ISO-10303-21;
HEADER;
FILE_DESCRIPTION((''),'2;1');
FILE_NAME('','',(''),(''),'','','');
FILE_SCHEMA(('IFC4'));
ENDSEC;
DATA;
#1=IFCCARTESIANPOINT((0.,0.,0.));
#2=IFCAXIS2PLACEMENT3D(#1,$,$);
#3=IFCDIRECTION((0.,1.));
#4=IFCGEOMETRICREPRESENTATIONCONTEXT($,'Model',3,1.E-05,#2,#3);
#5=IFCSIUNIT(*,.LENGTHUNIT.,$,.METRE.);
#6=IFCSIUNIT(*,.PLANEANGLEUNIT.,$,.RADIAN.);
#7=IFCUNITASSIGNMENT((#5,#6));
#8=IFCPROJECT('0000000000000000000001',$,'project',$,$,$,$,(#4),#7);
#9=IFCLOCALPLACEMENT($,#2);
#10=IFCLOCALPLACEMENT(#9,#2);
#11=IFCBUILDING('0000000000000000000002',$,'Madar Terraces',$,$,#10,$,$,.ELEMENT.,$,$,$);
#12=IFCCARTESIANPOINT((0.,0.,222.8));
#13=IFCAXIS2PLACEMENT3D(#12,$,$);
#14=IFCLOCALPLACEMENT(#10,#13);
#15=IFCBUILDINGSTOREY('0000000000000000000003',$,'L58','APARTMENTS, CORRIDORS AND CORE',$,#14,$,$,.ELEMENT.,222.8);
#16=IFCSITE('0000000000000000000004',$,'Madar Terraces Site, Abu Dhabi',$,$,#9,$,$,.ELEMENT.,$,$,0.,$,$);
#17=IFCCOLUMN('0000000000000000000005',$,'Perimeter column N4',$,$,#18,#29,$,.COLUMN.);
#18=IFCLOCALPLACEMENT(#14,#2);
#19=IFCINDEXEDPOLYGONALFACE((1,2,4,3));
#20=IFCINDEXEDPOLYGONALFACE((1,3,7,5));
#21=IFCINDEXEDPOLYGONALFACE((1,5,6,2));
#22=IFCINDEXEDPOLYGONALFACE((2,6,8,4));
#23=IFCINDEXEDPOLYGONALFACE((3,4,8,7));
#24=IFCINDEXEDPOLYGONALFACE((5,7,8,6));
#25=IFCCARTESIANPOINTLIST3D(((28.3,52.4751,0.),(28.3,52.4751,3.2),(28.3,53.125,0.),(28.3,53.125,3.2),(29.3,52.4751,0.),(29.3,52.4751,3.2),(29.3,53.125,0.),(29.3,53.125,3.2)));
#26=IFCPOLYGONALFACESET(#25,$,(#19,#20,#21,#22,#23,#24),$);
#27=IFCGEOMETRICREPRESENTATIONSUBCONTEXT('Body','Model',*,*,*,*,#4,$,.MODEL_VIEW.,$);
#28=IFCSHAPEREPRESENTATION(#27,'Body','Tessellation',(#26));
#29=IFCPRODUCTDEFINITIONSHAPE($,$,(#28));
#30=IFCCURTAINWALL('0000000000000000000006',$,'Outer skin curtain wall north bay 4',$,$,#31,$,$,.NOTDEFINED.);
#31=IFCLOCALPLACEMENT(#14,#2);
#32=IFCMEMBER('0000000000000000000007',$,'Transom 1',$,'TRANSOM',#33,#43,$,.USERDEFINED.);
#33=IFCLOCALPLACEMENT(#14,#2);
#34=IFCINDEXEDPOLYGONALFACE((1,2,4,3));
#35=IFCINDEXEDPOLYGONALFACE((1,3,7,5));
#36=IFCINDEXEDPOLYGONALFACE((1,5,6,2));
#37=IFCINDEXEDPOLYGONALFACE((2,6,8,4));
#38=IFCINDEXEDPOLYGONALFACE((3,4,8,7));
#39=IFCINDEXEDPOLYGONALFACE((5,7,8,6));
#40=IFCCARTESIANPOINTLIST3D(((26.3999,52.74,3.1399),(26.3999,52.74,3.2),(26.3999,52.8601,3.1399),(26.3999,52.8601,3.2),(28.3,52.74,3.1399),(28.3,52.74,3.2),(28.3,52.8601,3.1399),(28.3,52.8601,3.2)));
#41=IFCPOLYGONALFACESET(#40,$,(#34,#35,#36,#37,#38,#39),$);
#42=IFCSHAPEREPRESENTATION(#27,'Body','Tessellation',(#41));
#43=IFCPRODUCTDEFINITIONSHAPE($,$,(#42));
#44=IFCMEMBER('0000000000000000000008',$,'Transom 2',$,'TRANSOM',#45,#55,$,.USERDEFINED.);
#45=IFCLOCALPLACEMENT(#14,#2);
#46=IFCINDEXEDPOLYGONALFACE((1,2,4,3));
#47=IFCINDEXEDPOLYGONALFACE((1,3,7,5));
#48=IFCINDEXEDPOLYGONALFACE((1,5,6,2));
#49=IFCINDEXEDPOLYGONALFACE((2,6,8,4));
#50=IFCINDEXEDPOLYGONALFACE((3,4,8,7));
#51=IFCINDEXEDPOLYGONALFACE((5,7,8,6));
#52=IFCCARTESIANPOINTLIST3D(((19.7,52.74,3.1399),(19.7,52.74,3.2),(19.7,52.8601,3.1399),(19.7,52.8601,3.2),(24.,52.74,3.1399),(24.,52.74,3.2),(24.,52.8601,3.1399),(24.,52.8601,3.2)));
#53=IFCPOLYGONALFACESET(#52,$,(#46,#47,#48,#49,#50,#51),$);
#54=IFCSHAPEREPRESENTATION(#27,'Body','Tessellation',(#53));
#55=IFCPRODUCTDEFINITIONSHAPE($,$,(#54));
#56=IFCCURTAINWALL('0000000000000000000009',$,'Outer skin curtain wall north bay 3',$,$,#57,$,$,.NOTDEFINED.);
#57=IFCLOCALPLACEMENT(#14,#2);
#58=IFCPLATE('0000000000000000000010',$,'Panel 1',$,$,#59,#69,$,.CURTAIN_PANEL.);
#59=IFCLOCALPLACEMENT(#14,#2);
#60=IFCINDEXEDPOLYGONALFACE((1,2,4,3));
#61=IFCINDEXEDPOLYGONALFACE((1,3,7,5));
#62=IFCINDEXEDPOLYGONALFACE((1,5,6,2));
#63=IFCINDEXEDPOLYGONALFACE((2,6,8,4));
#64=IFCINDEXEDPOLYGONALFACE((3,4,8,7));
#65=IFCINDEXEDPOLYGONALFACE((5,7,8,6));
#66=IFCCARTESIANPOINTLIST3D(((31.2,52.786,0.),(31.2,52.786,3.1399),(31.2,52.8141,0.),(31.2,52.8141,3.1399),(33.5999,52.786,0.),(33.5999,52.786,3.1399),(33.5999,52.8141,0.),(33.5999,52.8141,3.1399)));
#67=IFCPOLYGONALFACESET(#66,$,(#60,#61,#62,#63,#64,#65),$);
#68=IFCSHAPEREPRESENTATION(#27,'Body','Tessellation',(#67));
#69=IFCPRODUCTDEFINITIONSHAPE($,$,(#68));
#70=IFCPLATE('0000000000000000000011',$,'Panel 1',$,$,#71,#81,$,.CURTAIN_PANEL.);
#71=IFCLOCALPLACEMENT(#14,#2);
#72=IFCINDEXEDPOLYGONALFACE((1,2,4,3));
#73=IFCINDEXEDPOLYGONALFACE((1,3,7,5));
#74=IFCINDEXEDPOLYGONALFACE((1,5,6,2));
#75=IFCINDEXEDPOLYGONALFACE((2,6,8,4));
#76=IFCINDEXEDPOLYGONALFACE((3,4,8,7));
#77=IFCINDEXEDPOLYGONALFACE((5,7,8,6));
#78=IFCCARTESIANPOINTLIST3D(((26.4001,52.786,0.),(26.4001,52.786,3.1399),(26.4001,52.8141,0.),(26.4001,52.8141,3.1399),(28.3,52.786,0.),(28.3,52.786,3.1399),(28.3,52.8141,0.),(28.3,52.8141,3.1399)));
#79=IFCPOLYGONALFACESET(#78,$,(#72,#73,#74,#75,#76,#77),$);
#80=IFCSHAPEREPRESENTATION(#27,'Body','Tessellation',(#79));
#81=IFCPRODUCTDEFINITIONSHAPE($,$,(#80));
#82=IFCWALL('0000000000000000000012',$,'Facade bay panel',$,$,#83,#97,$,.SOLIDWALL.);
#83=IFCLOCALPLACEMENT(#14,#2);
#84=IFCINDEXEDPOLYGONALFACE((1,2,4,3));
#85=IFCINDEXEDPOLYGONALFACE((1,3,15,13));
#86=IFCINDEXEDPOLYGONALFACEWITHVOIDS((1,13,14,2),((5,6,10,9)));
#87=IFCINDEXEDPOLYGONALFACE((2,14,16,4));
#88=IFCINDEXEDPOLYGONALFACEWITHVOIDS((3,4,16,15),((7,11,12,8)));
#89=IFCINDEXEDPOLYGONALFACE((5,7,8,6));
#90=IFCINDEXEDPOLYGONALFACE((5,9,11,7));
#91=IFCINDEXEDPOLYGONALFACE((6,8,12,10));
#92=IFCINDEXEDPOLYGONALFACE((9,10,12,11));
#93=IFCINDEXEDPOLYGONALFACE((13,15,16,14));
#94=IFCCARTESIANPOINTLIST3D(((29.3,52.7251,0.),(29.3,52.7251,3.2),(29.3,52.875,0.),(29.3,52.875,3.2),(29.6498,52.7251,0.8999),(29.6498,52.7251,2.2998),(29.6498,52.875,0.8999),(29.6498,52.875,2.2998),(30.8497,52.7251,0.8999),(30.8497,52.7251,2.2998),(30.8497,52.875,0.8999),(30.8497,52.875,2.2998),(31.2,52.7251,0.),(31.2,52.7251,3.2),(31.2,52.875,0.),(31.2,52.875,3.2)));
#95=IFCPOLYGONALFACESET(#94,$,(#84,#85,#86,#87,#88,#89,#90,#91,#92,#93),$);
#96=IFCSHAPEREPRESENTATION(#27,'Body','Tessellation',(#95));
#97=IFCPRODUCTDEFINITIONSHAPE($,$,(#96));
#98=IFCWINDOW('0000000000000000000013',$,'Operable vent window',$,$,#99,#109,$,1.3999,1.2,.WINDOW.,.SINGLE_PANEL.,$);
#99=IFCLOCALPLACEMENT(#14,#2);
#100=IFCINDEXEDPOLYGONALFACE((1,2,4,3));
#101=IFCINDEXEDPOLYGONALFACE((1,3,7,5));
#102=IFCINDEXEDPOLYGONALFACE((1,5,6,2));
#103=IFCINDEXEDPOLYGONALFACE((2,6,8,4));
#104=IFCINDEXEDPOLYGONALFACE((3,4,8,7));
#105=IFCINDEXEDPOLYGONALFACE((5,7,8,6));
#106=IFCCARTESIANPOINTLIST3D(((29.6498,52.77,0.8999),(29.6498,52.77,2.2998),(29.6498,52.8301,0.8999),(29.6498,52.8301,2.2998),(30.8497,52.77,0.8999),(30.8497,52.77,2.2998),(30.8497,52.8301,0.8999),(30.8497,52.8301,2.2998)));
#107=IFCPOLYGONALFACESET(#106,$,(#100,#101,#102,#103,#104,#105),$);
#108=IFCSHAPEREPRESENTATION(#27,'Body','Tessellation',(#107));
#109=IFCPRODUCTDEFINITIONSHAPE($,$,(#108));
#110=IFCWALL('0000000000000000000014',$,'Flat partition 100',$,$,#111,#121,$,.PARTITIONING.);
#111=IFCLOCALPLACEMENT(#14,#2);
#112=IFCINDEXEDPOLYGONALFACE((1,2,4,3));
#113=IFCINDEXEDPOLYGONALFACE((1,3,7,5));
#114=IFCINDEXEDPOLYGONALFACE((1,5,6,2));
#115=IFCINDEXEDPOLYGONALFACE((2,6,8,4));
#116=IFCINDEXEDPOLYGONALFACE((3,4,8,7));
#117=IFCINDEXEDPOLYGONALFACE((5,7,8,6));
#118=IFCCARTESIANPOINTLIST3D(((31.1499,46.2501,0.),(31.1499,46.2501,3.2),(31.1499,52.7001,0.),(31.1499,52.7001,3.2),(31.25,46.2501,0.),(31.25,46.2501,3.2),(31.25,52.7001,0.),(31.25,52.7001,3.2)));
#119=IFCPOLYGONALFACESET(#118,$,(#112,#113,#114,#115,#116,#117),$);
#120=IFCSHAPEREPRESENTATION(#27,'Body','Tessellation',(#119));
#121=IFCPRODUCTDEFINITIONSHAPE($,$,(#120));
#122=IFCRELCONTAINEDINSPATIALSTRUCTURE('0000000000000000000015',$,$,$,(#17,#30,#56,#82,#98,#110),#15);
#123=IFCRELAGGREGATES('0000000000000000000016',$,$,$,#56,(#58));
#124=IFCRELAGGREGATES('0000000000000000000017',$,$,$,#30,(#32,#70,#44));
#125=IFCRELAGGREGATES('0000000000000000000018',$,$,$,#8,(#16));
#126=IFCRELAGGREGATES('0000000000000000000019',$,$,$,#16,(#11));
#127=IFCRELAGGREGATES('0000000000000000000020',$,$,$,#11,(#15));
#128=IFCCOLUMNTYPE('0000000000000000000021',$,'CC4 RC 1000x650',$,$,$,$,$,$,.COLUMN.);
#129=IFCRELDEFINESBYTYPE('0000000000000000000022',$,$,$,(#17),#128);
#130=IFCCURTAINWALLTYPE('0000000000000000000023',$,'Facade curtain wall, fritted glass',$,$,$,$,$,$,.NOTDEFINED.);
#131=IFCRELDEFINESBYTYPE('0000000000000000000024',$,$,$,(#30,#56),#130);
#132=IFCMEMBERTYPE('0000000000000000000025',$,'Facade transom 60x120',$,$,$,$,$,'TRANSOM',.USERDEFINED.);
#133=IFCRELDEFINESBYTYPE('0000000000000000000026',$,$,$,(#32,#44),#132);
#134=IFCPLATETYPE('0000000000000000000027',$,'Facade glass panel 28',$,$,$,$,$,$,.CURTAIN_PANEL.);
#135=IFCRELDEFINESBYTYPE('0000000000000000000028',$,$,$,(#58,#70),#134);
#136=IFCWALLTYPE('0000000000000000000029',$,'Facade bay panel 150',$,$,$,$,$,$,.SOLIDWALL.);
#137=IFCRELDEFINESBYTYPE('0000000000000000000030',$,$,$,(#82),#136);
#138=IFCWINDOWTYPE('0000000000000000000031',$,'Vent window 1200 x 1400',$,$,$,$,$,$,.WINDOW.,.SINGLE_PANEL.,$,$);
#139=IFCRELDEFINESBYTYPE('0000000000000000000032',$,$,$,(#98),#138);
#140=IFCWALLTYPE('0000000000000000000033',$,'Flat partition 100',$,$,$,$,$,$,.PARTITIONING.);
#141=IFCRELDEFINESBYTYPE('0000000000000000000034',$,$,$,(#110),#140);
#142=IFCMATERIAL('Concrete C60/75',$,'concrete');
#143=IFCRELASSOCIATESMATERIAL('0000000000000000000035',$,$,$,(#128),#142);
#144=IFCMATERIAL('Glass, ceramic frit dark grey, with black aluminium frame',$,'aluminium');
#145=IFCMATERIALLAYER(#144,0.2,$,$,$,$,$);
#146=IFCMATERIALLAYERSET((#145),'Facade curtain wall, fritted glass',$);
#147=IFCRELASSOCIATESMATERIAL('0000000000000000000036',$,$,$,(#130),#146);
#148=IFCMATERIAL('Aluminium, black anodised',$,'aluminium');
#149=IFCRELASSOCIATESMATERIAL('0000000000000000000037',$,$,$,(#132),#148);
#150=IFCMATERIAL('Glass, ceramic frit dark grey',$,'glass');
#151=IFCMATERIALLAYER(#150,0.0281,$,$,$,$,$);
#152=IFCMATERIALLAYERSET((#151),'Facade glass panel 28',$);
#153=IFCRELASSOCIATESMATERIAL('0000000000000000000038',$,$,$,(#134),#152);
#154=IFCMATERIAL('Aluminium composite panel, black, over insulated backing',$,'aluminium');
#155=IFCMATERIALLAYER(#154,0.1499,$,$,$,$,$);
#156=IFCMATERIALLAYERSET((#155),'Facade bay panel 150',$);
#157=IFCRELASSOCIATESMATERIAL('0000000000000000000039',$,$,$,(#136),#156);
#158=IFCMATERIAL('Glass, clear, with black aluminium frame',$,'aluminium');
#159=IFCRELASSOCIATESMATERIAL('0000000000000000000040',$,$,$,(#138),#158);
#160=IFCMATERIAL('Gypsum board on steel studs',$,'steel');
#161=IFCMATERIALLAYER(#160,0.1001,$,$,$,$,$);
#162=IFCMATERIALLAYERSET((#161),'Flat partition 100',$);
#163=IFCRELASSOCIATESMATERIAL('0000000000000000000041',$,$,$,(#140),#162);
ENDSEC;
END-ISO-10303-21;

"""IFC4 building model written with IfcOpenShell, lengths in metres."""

from ifc_helpers import new_model, si_unit, direction, frame, frame_2d, origin, origin_2d, place, context, subcontext, project, spatial, rectangle, extrude, material, layer, layer_set, material_profile, profile_set, type_object, element, fill, aggregate, save


model = new_model("IFC4")

# Units and contexts
model_context = context("Model", 3, precision=1e-05, world=origin(), true_north=direction((0.0, 1.0)))
body_context = subcontext(model_context, "Body", "Model", "MODEL_VIEW")
ifc_project = project(units=[si_unit("LENGTHUNIT", "METRE"), si_unit("PLANEANGLEUNIT", "RADIAN")], contexts=[model_context])

# Site, building, storey
site_placement = place(None, origin())
site = spatial("IfcSite", under=ifc_project, at=site_placement, Name="Madar Terraces Site, Abu Dhabi", CompositionType="ELEMENT", RefElevation=0.0)
building_placement = place(site_placement, origin())
building = spatial("IfcBuilding", under=site, at=building_placement, Name="Madar Terraces", CompositionType="ELEMENT")
storey_placement = place(building_placement, frame((0.0, 0.0, 222.8)))
storey = spatial("IfcBuildingStorey", under=building, at=storey_placement, Name="L58", Description="APARTMENTS, CORRIDORS AND CORE", CompositionType="ELEMENT", Elevation=222.8)

# Column
ifc_material_1 = material(Name="Concrete C60/75", Category="concrete")
ifc_material_profile_1 = material_profile(ifc_material_1, rectangle(XDim=1.0, YDim=0.6499, at=origin_2d()), Name="CC4 RC 1000x650")
ifc_profile_set_1 = profile_set([ifc_material_profile_1], Name="Concrete C60/75")
column_type = type_object("IfcColumnType", Name="CC4 RC 1000x650", PredefinedType="COLUMN", material=ifc_profile_set_1)
column_placement = place(storey_placement, frame((28.8, 52.8, 0.0), z_axis=(0.0, 0.0, 1.0), x_axis=(1.0, 0.0, 0.0)))
element("IfcColumn", 1, at=column_placement, inside=storey, type_object=column_type, Name="Perimeter column N4", PredefinedType="COLUMN", context=body_context, shape_type="SweptSolid", body=[
    extrude(rectangle(XDim=1.0, YDim=0.6499, at=origin_2d()), origin(), (0.0, 0.0, 1.0), 3.2),
])

# Curtain wall, members
ifc_material_2 = material(Name="Glass, ceramic frit dark grey, with black aluminium frame", Category="aluminium")
ifc_layer_1 = layer(ifc_material_2, 0.2)
ifc_layer_set_1 = layer_set([ifc_layer_1], Name="Facade curtain wall, fritted glass")
curtain_wall_type = type_object("IfcCurtainWallType", Name="Facade curtain wall, fritted glass", PredefinedType="NOTDEFINED", material=ifc_layer_set_1)
curtain_wall_1_placement = place(storey_placement, origin())
curtain_wall_1 = element("IfcCurtainWall", 2, at=curtain_wall_1_placement, inside=storey, type_object=curtain_wall_type, Name="Outer skin curtain wall north bay 4", PredefinedType="NOTDEFINED")
ifc_material_3 = material(Name="Aluminium, black anodised", Category="aluminium")
ifc_material_profile_2 = material_profile(ifc_material_3, rectangle(XDim=0.1201, YDim=0.0601, at=origin_2d()), Name="Facade transom 60x120")
ifc_profile_set_2 = profile_set([ifc_material_profile_2], Name="Aluminium, black anodised")
member_type = type_object("IfcMemberType", Name="Facade transom 60x120", ElementType="TRANSOM", PredefinedType="USERDEFINED", material=ifc_profile_set_2)
member_1_placement = place(storey_placement, frame((28.3, 52.8, 3.1699), z_axis=(-1.0, 0.0, 0.0), x_axis=(0.0, -1.0, 0.0)))
member_1 = element("IfcMember", 3, at=member_1_placement, type_object=member_type, Name="Transom 1", ObjectType="TRANSOM", PredefinedType="USERDEFINED", context=body_context, shape_type="SweptSolid", body=[
    extrude(rectangle(XDim=0.1201, YDim=0.0601, at=origin_2d()), origin(), (0.0, 0.0, 1.0), 1.9001),
])
member_2_placement = place(storey_placement, frame((24.0, 52.8, 3.1699), z_axis=(-1.0, 0.0, 0.0), x_axis=(0.0, -1.0, 0.0)))
member_2 = element("IfcMember", 4, at=member_2_placement, type_object=member_type, Name="Transom 2", ObjectType="TRANSOM", PredefinedType="USERDEFINED", context=body_context, shape_type="SweptSolid", body=[
    extrude(rectangle(XDim=0.1201, YDim=0.0601, at=origin_2d()), origin(), (0.0, 0.0, 1.0), 4.3),
])

# Curtain wall, plate
curtain_wall_2_placement = place(storey_placement, origin())
curtain_wall_2 = element("IfcCurtainWall", 5, at=curtain_wall_2_placement, inside=storey, type_object=curtain_wall_type, Name="Outer skin curtain wall north bay 3", PredefinedType="NOTDEFINED")
ifc_material_4 = material(Name="Glass, ceramic frit dark grey", Category="glass")
ifc_layer_2 = layer(ifc_material_4, 0.0281)
ifc_layer_set_2 = layer_set([ifc_layer_2], Name="Facade glass panel 28")
plate_type = type_object("IfcPlateType", Name="Facade glass panel 28", PredefinedType="CURTAIN_PANEL", material=ifc_layer_set_2)
plate_1_placement = place(storey_placement, frame((32.3999, 52.8, 0.0), z_axis=(0.0, 0.0, 1.0), x_axis=(-1.0, 0.0, 0.0)))
plate_1 = element("IfcPlate", 6, at=plate_1_placement, type_object=plate_type, Name="Panel 1", PredefinedType="CURTAIN_PANEL", context=body_context, shape_type="SweptSolid", body=[
    extrude(rectangle(XDim=2.3999, YDim=0.0281, at=origin_2d()), origin(), (0.0, 0.0, 1.0), 3.1399),
])
aggregate(curtain_wall_2, [plate_1])

# Plate
plate_2_placement = place(storey_placement, frame((27.3501, 52.8, 0.0), z_axis=(0.0, 0.0, 1.0), x_axis=(-1.0, 0.0, 0.0)))
plate_2 = element("IfcPlate", 7, at=plate_2_placement, type_object=plate_type, Name="Panel 1", PredefinedType="CURTAIN_PANEL", context=body_context, shape_type="SweptSolid", body=[
    extrude(rectangle(XDim=1.8999, YDim=0.0281, at=origin_2d()), origin(), (0.0, 0.0, 1.0), 3.1399),
])
aggregate(curtain_wall_1, [member_1, plate_2, member_2])

# Wall, opening, window
ifc_material_5 = material(Name="Aluminium composite panel, black, over insulated backing", Category="aluminium")
ifc_layer_3 = layer(ifc_material_5, 0.1499)
ifc_layer_set_3 = layer_set([ifc_layer_3], Name="Facade bay panel 150")
wall_type_1 = type_object("IfcWallType", Name="Facade bay panel 150", PredefinedType="SOLIDWALL", material=ifc_layer_set_3)
wall_1_placement = place(storey_placement, frame((31.2, 52.8, 0.0), z_axis=(0.0, 0.0, 1.0), x_axis=(-1.0, 0.0, 0.0)))
wall_1 = element("IfcWall", 8, at=wall_1_placement, inside=storey, type_object=wall_type_1, Name="Facade bay panel", PredefinedType="SOLIDWALL", context=body_context, shape_type="SweptSolid", body=[
    extrude(rectangle(XDim=1.8999, YDim=0.1499, at=frame_2d((0.95, 0.0))), origin(), (0.0, 0.0, 1.0), 3.2),
])
opening_1_placement = place(wall_1_placement, frame((0.3501, 0.0, 0.8999)))
opening_1 = element("IfcOpeningElement", 9, at=opening_1_placement, cuts=wall_1, PredefinedType="OPENING", context=body_context, shape_type="SweptSolid", body=[
    extrude(rectangle(XDim=1.2, YDim=1.3999, at=frame_2d((0.6001, 0.7))), frame((0.0, 0.085, 0.0), z_axis=(0.0, -1.0, 0.0), x_axis=(1.0, 0.0, 0.0)), (0.0, 0.0, 1.0), 0.1699),
])
ifc_material_6 = material(Name="Glass, clear, with black aluminium frame", Category="aluminium")
window_type = type_object("IfcWindowType", Name="Vent window 1200 x 1400", PartitioningType="SINGLE_PANEL", PredefinedType="WINDOW", material=ifc_material_6)
window_placement = place(opening_1_placement, origin())
window = element("IfcWindow", 10, at=window_placement, inside=storey, type_object=window_type, Name="Operable vent window", OverallHeight=1.3999, OverallWidth=1.2, PartitioningType="SINGLE_PANEL", PredefinedType="WINDOW", context=body_context, shape_type="SweptSolid", body=[
    extrude(rectangle(XDim=1.2, YDim=1.3999, at=frame_2d((0.6001, 0.7))), frame((0.0, 0.03, 0.0), z_axis=(0.0, -1.0, 0.0), x_axis=(1.0, 0.0, 0.0)), (0.0, 0.0, 1.0), 0.0601),
])
fill(opening_1, window)

# Wall
ifc_material_7 = material(Name="Gypsum board on steel studs", Category="steel")
ifc_layer_4 = layer(ifc_material_7, 0.1001)
ifc_layer_set_4 = layer_set([ifc_layer_4], Name="Flat partition 100")
wall_type_2 = type_object("IfcWallType", Name="Flat partition 100", PredefinedType="PARTITIONING", material=ifc_layer_set_4)
wall_2_placement = place(storey_placement, frame((31.2, 46.25, 0.0), z_axis=(0.0, 0.0, 1.0), x_axis=(0.0, 1.0, 0.0)))
element("IfcWall", 11, at=wall_2_placement, inside=storey, type_object=wall_type_2, Name="Flat partition 100", PredefinedType="PARTITIONING", context=body_context, shape_type="SweptSolid", body=[
    extrude(rectangle(XDim=6.45, YDim=0.1001, at=frame_2d((3.2251, 0.0))), origin(), (0.0, 0.0, 1.0), 3.2),
])

save(model, "model.ifc")
